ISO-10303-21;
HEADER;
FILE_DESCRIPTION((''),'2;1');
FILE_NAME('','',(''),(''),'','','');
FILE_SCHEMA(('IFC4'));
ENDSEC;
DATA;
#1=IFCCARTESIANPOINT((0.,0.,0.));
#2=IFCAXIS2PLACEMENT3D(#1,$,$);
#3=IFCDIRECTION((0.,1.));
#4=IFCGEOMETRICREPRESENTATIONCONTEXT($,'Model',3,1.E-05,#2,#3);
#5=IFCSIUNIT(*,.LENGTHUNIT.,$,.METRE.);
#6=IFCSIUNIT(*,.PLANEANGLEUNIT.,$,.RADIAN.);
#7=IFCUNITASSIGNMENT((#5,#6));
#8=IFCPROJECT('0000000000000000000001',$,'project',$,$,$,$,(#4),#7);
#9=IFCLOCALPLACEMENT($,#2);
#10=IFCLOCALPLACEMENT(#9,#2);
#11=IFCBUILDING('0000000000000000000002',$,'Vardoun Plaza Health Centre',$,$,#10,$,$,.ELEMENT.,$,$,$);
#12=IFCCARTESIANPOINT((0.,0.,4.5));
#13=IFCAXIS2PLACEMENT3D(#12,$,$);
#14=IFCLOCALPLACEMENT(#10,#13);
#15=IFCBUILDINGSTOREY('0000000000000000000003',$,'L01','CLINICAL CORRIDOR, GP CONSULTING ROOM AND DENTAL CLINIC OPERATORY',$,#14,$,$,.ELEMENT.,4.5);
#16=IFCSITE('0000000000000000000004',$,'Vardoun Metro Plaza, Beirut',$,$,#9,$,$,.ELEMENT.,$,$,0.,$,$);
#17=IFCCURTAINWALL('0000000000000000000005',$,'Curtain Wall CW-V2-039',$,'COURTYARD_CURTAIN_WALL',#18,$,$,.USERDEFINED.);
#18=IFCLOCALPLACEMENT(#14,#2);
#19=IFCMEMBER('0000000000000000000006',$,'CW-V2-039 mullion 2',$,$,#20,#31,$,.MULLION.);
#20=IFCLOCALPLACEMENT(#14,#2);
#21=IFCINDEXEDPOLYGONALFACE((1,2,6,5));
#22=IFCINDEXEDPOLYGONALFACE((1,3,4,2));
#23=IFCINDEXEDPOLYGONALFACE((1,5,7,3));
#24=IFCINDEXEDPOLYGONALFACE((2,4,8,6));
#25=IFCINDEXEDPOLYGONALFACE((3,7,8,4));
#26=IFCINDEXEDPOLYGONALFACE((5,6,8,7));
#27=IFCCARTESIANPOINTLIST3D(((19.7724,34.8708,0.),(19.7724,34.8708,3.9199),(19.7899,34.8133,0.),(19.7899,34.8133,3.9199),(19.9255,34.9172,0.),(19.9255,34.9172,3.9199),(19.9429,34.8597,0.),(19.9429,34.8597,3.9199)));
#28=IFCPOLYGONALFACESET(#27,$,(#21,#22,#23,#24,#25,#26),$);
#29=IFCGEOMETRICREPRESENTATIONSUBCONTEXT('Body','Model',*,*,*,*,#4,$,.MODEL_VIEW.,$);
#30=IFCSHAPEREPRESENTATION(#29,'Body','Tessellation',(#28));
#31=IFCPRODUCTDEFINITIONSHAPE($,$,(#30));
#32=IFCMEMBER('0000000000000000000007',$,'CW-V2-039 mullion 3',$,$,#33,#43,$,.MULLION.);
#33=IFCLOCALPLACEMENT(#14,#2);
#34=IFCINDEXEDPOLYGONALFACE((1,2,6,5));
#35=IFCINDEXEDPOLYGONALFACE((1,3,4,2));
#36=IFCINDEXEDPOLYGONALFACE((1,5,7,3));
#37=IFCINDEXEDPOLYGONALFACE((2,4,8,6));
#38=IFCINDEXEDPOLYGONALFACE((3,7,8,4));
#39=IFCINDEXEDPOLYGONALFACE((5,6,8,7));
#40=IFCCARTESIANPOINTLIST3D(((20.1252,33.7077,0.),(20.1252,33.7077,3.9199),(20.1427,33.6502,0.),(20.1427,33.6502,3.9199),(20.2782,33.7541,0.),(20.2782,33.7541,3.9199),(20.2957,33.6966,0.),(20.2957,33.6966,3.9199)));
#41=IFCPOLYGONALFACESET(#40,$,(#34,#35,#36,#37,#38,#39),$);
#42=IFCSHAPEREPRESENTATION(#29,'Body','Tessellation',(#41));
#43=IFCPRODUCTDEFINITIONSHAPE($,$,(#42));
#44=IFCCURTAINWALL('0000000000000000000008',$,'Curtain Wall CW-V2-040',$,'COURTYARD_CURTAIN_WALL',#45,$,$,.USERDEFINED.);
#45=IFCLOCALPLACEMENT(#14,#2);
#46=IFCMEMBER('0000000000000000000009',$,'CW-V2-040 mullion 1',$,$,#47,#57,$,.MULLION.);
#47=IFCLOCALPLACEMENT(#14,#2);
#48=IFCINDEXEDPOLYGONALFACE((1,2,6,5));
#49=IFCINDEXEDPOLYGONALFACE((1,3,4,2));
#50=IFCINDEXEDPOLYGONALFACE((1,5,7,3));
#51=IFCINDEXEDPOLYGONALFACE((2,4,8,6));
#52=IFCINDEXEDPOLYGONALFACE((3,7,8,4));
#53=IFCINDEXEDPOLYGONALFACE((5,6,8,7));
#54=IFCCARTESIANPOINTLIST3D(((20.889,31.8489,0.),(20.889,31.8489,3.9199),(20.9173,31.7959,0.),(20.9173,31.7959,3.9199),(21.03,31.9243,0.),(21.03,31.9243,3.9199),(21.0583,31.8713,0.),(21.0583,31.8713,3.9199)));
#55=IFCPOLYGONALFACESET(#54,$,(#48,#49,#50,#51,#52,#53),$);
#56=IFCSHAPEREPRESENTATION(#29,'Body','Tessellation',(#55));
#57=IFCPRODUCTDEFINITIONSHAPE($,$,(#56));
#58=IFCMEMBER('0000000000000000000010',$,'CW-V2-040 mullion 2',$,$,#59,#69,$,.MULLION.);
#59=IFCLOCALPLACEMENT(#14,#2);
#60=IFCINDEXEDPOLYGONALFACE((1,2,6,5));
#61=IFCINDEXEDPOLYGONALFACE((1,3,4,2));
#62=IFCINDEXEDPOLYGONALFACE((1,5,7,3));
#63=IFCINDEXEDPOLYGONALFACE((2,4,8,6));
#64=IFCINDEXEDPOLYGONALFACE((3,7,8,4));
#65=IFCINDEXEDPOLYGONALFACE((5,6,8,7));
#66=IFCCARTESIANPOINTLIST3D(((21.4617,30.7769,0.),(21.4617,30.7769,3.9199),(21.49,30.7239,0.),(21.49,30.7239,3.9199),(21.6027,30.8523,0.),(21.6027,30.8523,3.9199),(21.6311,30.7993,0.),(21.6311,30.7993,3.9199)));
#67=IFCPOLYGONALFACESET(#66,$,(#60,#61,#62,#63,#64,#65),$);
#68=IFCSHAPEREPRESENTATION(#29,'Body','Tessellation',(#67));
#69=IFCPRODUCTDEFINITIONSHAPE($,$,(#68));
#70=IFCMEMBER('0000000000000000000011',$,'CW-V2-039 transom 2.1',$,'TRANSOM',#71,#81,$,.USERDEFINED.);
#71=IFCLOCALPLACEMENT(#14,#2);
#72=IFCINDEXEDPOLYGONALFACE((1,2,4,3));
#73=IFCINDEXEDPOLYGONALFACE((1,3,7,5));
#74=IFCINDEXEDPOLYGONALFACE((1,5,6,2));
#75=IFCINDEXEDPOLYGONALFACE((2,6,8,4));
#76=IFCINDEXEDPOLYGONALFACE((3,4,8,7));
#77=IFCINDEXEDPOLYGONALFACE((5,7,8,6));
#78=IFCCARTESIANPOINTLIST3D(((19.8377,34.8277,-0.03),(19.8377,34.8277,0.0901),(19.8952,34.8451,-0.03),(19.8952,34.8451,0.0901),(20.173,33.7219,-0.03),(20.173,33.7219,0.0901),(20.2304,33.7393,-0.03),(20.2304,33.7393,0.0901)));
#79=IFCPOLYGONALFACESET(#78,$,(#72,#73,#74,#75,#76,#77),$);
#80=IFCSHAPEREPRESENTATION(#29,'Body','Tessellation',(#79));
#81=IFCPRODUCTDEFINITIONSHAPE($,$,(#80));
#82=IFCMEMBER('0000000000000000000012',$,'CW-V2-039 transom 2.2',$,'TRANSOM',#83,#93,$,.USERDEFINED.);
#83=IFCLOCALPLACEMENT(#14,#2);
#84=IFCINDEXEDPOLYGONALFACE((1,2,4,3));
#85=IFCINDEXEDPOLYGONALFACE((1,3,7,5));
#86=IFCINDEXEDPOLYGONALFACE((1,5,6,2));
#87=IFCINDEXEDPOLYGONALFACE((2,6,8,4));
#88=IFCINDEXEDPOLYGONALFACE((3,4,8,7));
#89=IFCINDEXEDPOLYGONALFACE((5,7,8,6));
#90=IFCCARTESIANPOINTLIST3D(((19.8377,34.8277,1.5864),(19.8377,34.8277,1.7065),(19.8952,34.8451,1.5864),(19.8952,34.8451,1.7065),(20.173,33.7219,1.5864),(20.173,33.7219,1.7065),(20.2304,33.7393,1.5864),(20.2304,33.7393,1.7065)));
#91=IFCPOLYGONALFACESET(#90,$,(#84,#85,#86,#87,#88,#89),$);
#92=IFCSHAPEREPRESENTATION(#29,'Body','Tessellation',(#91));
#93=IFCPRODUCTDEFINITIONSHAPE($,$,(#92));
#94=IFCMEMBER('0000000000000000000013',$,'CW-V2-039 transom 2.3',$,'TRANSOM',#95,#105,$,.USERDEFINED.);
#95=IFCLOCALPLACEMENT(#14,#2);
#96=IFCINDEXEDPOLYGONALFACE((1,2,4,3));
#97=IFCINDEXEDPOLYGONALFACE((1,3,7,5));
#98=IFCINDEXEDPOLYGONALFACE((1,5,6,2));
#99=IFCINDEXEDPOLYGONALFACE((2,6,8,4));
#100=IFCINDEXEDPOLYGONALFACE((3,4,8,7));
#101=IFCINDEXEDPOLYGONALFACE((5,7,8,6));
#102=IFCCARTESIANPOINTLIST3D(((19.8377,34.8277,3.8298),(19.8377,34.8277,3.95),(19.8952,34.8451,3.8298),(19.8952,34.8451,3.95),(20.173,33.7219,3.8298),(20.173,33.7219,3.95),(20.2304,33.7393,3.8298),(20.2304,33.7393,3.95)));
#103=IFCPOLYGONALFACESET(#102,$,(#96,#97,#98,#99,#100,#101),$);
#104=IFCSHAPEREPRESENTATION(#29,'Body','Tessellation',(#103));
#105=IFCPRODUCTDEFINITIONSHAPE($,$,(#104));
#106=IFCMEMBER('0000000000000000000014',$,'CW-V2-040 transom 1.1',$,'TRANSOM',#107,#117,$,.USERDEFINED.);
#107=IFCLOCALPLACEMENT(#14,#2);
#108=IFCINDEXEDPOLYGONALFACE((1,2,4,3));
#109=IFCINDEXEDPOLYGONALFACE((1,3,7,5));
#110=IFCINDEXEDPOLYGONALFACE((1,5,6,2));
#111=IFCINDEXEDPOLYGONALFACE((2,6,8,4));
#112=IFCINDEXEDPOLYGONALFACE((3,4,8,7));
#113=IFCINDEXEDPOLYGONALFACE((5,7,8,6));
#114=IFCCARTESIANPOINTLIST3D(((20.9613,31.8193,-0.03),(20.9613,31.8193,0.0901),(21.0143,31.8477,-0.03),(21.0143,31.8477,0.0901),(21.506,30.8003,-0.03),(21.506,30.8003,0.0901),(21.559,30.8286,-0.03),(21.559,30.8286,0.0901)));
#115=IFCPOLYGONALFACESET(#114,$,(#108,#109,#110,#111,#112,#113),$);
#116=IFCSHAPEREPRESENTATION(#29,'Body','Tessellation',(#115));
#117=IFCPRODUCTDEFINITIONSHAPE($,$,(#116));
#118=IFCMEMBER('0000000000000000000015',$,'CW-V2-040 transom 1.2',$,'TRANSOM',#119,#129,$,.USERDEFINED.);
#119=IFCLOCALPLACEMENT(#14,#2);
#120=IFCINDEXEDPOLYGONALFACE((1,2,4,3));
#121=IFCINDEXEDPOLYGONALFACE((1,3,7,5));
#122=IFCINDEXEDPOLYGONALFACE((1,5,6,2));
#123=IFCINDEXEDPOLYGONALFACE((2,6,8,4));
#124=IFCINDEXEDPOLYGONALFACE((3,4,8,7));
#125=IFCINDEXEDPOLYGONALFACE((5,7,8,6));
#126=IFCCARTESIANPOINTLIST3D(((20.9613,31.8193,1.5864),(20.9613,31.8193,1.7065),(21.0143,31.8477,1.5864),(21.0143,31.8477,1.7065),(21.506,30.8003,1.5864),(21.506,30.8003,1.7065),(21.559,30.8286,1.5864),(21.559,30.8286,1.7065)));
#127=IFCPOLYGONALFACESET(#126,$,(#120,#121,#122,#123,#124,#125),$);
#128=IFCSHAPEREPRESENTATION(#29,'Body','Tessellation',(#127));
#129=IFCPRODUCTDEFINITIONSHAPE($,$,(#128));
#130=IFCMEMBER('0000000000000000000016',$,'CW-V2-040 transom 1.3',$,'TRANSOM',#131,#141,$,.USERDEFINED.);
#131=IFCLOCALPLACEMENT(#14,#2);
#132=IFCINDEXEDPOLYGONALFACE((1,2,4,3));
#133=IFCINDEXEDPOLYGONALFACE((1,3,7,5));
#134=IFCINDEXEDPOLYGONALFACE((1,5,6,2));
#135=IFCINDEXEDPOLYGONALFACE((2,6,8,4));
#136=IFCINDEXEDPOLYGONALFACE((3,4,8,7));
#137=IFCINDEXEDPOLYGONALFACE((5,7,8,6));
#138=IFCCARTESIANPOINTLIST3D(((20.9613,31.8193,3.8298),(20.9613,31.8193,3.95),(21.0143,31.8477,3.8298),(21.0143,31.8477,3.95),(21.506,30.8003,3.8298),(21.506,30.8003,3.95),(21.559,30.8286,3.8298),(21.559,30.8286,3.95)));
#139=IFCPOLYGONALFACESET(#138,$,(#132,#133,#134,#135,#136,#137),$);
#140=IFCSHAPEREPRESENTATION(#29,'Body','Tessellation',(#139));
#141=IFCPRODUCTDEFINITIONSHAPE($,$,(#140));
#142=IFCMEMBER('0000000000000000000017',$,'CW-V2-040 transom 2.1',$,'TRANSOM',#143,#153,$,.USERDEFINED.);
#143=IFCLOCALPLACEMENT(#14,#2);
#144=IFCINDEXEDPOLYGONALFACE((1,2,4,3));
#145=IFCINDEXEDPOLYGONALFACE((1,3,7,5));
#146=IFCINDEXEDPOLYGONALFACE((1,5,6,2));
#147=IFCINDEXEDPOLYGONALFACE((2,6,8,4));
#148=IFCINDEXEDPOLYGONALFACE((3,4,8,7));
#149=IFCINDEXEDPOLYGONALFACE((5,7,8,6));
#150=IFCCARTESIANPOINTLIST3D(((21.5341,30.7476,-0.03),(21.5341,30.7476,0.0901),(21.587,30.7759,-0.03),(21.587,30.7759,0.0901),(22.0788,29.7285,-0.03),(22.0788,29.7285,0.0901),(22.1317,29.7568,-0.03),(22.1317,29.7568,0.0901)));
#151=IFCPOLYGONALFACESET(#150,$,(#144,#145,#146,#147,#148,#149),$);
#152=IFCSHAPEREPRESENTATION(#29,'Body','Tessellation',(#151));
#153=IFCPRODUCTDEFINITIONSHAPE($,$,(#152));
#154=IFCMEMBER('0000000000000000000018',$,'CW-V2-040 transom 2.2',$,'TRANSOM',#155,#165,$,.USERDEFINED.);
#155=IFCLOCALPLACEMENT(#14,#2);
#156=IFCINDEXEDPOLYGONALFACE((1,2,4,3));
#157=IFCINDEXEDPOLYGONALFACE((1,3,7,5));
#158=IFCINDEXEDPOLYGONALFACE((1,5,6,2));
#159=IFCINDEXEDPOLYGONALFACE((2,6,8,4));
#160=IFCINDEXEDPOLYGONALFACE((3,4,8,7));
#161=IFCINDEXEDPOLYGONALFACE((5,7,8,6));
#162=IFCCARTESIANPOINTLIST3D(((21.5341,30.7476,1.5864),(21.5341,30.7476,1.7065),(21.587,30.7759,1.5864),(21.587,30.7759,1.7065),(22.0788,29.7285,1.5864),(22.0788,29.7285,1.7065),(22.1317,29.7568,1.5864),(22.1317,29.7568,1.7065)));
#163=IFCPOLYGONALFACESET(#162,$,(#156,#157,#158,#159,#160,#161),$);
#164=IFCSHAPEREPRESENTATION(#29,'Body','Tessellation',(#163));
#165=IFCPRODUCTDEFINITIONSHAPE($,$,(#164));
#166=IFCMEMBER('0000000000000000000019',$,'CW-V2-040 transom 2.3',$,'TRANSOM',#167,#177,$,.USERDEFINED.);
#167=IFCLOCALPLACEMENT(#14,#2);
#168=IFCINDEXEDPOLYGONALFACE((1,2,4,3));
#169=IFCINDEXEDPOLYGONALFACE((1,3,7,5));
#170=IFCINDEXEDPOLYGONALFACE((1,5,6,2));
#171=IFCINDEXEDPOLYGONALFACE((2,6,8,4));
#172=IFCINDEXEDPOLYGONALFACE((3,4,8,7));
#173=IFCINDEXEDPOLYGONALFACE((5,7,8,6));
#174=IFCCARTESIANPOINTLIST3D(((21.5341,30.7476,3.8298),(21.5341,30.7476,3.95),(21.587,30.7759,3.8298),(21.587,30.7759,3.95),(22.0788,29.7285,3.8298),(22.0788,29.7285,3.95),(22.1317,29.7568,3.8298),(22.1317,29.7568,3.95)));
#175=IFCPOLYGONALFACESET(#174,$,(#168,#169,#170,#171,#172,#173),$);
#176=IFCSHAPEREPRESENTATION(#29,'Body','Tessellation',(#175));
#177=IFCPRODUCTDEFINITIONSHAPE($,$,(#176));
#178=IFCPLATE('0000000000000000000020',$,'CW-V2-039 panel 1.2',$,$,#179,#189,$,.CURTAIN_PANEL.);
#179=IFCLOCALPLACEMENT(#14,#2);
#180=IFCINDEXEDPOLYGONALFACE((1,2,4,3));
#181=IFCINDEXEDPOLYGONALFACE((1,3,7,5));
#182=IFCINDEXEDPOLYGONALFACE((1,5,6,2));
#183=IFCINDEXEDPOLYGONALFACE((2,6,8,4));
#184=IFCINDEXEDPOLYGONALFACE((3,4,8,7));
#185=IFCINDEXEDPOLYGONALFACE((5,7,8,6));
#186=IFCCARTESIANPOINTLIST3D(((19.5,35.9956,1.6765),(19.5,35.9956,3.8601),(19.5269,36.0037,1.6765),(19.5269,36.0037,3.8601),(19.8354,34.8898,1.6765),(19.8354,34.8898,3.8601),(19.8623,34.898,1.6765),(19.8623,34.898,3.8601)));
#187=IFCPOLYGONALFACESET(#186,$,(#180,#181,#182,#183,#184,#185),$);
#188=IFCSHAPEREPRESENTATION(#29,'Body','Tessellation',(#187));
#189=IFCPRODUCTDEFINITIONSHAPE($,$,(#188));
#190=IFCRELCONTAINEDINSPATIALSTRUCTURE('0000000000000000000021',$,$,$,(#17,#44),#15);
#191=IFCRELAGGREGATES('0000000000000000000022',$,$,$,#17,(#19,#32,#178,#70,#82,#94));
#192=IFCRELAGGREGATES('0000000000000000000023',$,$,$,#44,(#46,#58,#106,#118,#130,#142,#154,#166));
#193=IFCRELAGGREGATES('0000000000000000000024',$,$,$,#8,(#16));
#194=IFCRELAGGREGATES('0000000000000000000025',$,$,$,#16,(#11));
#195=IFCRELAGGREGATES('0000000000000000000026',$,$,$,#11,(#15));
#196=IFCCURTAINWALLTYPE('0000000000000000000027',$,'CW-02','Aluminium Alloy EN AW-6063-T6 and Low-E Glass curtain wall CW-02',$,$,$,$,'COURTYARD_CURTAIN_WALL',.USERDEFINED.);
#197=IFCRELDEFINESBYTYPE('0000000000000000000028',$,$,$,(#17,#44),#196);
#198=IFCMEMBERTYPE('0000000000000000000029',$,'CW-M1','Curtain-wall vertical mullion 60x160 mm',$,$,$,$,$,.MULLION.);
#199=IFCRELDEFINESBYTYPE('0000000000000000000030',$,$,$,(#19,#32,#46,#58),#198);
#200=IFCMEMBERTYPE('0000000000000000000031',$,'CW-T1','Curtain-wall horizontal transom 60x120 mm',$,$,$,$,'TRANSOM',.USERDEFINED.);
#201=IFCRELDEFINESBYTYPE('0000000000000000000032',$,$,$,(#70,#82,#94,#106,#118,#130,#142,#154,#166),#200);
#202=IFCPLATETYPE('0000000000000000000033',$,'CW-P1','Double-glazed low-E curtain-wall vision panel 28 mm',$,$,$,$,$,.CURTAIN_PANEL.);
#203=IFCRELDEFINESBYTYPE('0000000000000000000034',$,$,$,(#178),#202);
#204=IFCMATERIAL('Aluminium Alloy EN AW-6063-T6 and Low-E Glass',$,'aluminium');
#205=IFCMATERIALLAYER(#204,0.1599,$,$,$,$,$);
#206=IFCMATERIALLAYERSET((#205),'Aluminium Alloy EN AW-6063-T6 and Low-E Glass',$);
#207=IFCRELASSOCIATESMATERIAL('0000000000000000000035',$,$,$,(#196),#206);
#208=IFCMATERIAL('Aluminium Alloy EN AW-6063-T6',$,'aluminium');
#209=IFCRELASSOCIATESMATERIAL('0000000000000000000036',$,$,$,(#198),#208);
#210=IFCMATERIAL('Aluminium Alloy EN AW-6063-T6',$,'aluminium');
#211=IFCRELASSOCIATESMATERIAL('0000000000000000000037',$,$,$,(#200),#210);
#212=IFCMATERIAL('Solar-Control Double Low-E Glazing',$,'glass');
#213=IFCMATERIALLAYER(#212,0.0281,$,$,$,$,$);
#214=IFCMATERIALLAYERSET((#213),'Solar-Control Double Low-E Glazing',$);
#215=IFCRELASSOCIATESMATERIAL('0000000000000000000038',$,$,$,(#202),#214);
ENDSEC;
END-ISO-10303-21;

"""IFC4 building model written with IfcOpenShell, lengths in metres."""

from ifc_helpers import new_model, si_unit, direction, frame, origin, origin_2d, place, context, subcontext, project, spatial, rectangle, extrude, material, layer, layer_set, material_profile, profile_set, type_object, element, aggregate, save


model = new_model("IFC4")

# Units and contexts
model_context = context("Model", 3, precision=1e-05, world=origin(), true_north=direction((0.0, 1.0)))
body_context = subcontext(model_context, "Body", "Model", "MODEL_VIEW")
ifc_project = project(units=[si_unit("LENGTHUNIT", "METRE"), si_unit("PLANEANGLEUNIT", "RADIAN")], contexts=[model_context])

# Site, building, storey
site_placement = place(None, origin())
site = spatial("IfcSite", under=ifc_project, at=site_placement, Name="Vardoun Metro Plaza, Beirut", CompositionType="ELEMENT", RefElevation=0.0)
building_placement = place(site_placement, origin())
building = spatial("IfcBuilding", under=site, at=building_placement, Name="Vardoun Plaza Health Centre", CompositionType="ELEMENT")
storey_placement = place(building_placement, frame((0.0, 0.0, 4.5)))
storey = spatial("IfcBuildingStorey", under=building, at=storey_placement, Name="L01", Description="CLINICAL CORRIDOR, GP CONSULTING ROOM AND DENTAL CLINIC OPERATORY", CompositionType="ELEMENT", Elevation=4.5)

# Curtain walls, members
ifc_material_1 = material(Name="Aluminium Alloy EN AW-6063-T6 and Low-E Glass", Category="aluminium")
ifc_layer_1 = layer(ifc_material_1, 0.1599)
ifc_layer_set_1 = layer_set([ifc_layer_1], Name="Aluminium Alloy EN AW-6063-T6 and Low-E Glass")
curtain_wall_type = type_object("IfcCurtainWallType", Name="CW-02", Description="Aluminium Alloy EN AW-6063-T6 and Low-E Glass curtain wall CW-02", ElementType="COURTYARD_CURTAIN_WALL", PredefinedType="USERDEFINED", material=ifc_layer_set_1)
curtain_wall_1_placement = place(storey_placement, origin())
curtain_wall_1 = element("IfcCurtainWall", 1, at=curtain_wall_1_placement, inside=storey, type_object=curtain_wall_type, Name="Curtain Wall CW-V2-039", ObjectType="COURTYARD_CURTAIN_WALL", PredefinedType="USERDEFINED")
ifc_material_2 = material(Name="Aluminium Alloy EN AW-6063-T6", Category="aluminium")
ifc_material_profile_1 = material_profile(ifc_material_2, rectangle(XDim=0.1599, YDim=0.0601, at=origin_2d()), Name="CWM 60x160")
ifc_profile_set_1 = profile_set([ifc_material_profile_1], Name="Aluminium Alloy EN AW-6063-T6")
member_type_1 = type_object("IfcMemberType", Name="CW-M1", Description="Curtain-wall vertical mullion 60x160 mm", PredefinedType="MULLION", material=ifc_profile_set_1)
member_1_placement = place(storey_placement, frame((19.8577, 34.8652, 0.0), z_axis=(0.0, 0.0, 1.0), x_axis=(0.956936, 0.2903, 0.0)))
member_1 = element("IfcMember", 2, at=member_1_placement, type_object=member_type_1, Name="CW-V2-039 mullion 2", PredefinedType="MULLION", context=body_context, shape_type="SweptSolid", body=[
    extrude(rectangle(XDim=0.1599, YDim=0.0601, at=origin_2d()), origin(), (0.0, 0.0, 1.0), 3.9199),
])
member_2_placement = place(storey_placement, frame((20.2104, 33.7021, 0.0), z_axis=(0.0, 0.0, 1.0), x_axis=(0.956936, 0.2903, 0.0)))
member_2 = element("IfcMember", 3, at=member_2_placement, type_object=member_type_1, Name="CW-V2-039 mullion 3", PredefinedType="MULLION", context=body_context, shape_type="SweptSolid", body=[
    extrude(rectangle(XDim=0.1599, YDim=0.0601, at=origin_2d()), origin(), (0.0, 0.0, 1.0), 3.9199),
])
curtain_wall_2_placement = place(storey_placement, origin())
curtain_wall_2 = element("IfcCurtainWall", 4, at=curtain_wall_2_placement, inside=storey, type_object=curtain_wall_type, Name="Curtain Wall CW-V2-040", ObjectType="COURTYARD_CURTAIN_WALL", PredefinedType="USERDEFINED")
member_3_placement = place(storey_placement, frame((20.9736, 31.8601, 0.0), z_axis=(0.0, 0.0, 1.0), x_axis=(0.881922, 0.471395, 0.0)))
member_3 = element("IfcMember", 5, at=member_3_placement, type_object=member_type_1, Name="CW-V2-040 mullion 1", PredefinedType="MULLION", context=body_context, shape_type="SweptSolid", body=[
    extrude(rectangle(XDim=0.1599, YDim=0.0601, at=origin_2d()), origin(), (0.0, 0.0, 1.0), 3.9199),
])
member_4_placement = place(storey_placement, frame((21.5464, 30.7881, 0.0), z_axis=(0.0, 0.0, 1.0), x_axis=(0.881922, 0.471395, 0.0)))
member_4 = element("IfcMember", 6, at=member_4_placement, type_object=member_type_1, Name="CW-V2-040 mullion 2", PredefinedType="MULLION", context=body_context, shape_type="SweptSolid", body=[
    extrude(rectangle(XDim=0.1599, YDim=0.0601, at=origin_2d()), origin(), (0.0, 0.0, 1.0), 3.9199),
])

# Members
ifc_material_3 = material(Name="Aluminium Alloy EN AW-6063-T6", Category="aluminium")
ifc_material_profile_2 = material_profile(ifc_material_3, rectangle(XDim=0.0601, YDim=0.1201, at=origin_2d()), Name="CWT 60x120")
ifc_profile_set_2 = profile_set([ifc_material_profile_2], Name="Aluminium Alloy EN AW-6063-T6")
member_type_2 = type_object("IfcMemberType", Name="CW-T1", Description="Curtain-wall horizontal transom 60x120 mm", ElementType="TRANSOM", PredefinedType="USERDEFINED", material=ifc_profile_set_2)
member_5_placement = place(storey_placement, frame((19.8665, 34.8364, 0.03), z_axis=(0.290119, -0.956991, 0.0), x_axis=(0.956991, 0.290119, 0.0)))
member_5 = element("IfcMember", 7, at=member_5_placement, type_object=member_type_2, Name="CW-V2-039 transom 2.1", ObjectType="TRANSOM", PredefinedType="USERDEFINED", context=body_context, shape_type="SweptSolid", body=[
    extrude(rectangle(XDim=0.0601, YDim=0.1201, at=origin_2d()), origin(), (0.0, 0.0, 1.0), 1.1555),
])
member_6_placement = place(storey_placement, frame((19.8665, 34.8364, 1.6465), z_axis=(0.290119, -0.956991, 0.0), x_axis=(0.956991, 0.290119, 0.0)))
member_6 = element("IfcMember", 8, at=member_6_placement, type_object=member_type_2, Name="CW-V2-039 transom 2.2", ObjectType="TRANSOM", PredefinedType="USERDEFINED", context=body_context, shape_type="SweptSolid", body=[
    extrude(rectangle(XDim=0.0601, YDim=0.1201, at=origin_2d()), origin(), (0.0, 0.0, 1.0), 1.1555),
])
member_7_placement = place(storey_placement, frame((19.8665, 34.8364, 3.8899), z_axis=(0.290119, -0.956991, 0.0), x_axis=(0.956991, 0.290119, 0.0)))
member_7 = element("IfcMember", 9, at=member_7_placement, type_object=member_type_2, Name="CW-V2-039 transom 2.3", ObjectType="TRANSOM", PredefinedType="USERDEFINED", context=body_context, shape_type="SweptSolid", body=[
    extrude(rectangle(XDim=0.0601, YDim=0.1201, at=origin_2d()), origin(), (0.0, 0.0, 1.0), 1.1555),
])
member_8_placement = place(storey_placement, frame((20.9878, 31.8335, 0.03), z_axis=(0.471389, -0.881926, 0.0), x_axis=(0.881926, 0.471389, 0.0)))
member_8 = element("IfcMember", 10, at=member_8_placement, type_object=member_type_2, Name="CW-V2-040 transom 1.1", ObjectType="TRANSOM", PredefinedType="USERDEFINED", context=body_context, shape_type="SweptSolid", body=[
    extrude(rectangle(XDim=0.0601, YDim=0.1201, at=origin_2d()), origin(), (0.0, 0.0, 1.0), 1.1555),
])
member_9_placement = place(storey_placement, frame((20.9878, 31.8335, 1.6465), z_axis=(0.471389, -0.881926, 0.0), x_axis=(0.881926, 0.471389, 0.0)))
member_9 = element("IfcMember", 11, at=member_9_placement, type_object=member_type_2, Name="CW-V2-040 transom 1.2", ObjectType="TRANSOM", PredefinedType="USERDEFINED", context=body_context, shape_type="SweptSolid", body=[
    extrude(rectangle(XDim=0.0601, YDim=0.1201, at=origin_2d()), origin(), (0.0, 0.0, 1.0), 1.1555),
])
member_10_placement = place(storey_placement, frame((20.9878, 31.8335, 3.8899), z_axis=(0.471389, -0.881926, 0.0), x_axis=(0.881926, 0.471389, 0.0)))
member_10 = element("IfcMember", 12, at=member_10_placement, type_object=member_type_2, Name="CW-V2-040 transom 1.3", ObjectType="TRANSOM", PredefinedType="USERDEFINED", context=body_context, shape_type="SweptSolid", body=[
    extrude(rectangle(XDim=0.0601, YDim=0.1201, at=origin_2d()), origin(), (0.0, 0.0, 1.0), 1.1555),
])
member_11_placement = place(storey_placement, frame((21.5605, 30.7617, 0.03), z_axis=(0.471389, -0.881926, 0.0), x_axis=(0.881926, 0.471389, 0.0)))
member_11 = element("IfcMember", 13, at=member_11_placement, type_object=member_type_2, Name="CW-V2-040 transom 2.1", ObjectType="TRANSOM", PredefinedType="USERDEFINED", context=body_context, shape_type="SweptSolid", body=[
    extrude(rectangle(XDim=0.0601, YDim=0.1201, at=origin_2d()), origin(), (0.0, 0.0, 1.0), 1.1555),
])
member_12_placement = place(storey_placement, frame((21.5605, 30.7617, 1.6465), z_axis=(0.471389, -0.881926, 0.0), x_axis=(0.881926, 0.471389, 0.0)))
member_12 = element("IfcMember", 14, at=member_12_placement, type_object=member_type_2, Name="CW-V2-040 transom 2.2", ObjectType="TRANSOM", PredefinedType="USERDEFINED", context=body_context, shape_type="SweptSolid", body=[
    extrude(rectangle(XDim=0.0601, YDim=0.1201, at=origin_2d()), origin(), (0.0, 0.0, 1.0), 1.1555),
])
member_13_placement = place(storey_placement, frame((21.5605, 30.7617, 3.8899), z_axis=(0.471389, -0.881926, 0.0), x_axis=(0.881926, 0.471389, 0.0)))
member_13 = element("IfcMember", 15, at=member_13_placement, type_object=member_type_2, Name="CW-V2-040 transom 2.3", ObjectType="TRANSOM", PredefinedType="USERDEFINED", context=body_context, shape_type="SweptSolid", body=[
    extrude(rectangle(XDim=0.0601, YDim=0.1201, at=origin_2d()), origin(), (0.0, 0.0, 1.0), 1.1555),
])

# Plate
ifc_material_4 = material(Name="Solar-Control Double Low-E Glazing", Category="glass")
ifc_layer_2 = layer(ifc_material_4, 0.0281)
ifc_layer_set_2 = layer_set([ifc_layer_2], Name="Solar-Control Double Low-E Glazing")
plate_type = type_object("IfcPlateType", Name="CW-P1", Description="Double-glazed low-E curtain-wall vision panel 28 mm", PredefinedType="CURTAIN_PANEL", material=ifc_layer_set_2)
plate_1_placement = place(storey_placement, frame((19.6812, 35.4468, 1.6765), z_axis=(0.0, 0.0, 1.0), x_axis=(0.2903, -0.956936, 0.0)))
plate_1 = element("IfcPlate", 16, at=plate_1_placement, type_object=plate_type, Name="CW-V2-039 panel 1.2", PredefinedType="CURTAIN_PANEL", context=body_context, shape_type="SweptSolid", body=[
    extrude(rectangle(XDim=1.1555, YDim=0.0281, at=origin_2d()), origin(), (0.0, 0.0, 1.0), 2.1836),
])
aggregate(curtain_wall_1, [member_1, member_2, plate_1, member_5, member_6, member_7])
aggregate(curtain_wall_2, [member_3, member_4, member_8, member_9, member_10, member_11, member_12, member_13])

save(model, "model.ifc")
